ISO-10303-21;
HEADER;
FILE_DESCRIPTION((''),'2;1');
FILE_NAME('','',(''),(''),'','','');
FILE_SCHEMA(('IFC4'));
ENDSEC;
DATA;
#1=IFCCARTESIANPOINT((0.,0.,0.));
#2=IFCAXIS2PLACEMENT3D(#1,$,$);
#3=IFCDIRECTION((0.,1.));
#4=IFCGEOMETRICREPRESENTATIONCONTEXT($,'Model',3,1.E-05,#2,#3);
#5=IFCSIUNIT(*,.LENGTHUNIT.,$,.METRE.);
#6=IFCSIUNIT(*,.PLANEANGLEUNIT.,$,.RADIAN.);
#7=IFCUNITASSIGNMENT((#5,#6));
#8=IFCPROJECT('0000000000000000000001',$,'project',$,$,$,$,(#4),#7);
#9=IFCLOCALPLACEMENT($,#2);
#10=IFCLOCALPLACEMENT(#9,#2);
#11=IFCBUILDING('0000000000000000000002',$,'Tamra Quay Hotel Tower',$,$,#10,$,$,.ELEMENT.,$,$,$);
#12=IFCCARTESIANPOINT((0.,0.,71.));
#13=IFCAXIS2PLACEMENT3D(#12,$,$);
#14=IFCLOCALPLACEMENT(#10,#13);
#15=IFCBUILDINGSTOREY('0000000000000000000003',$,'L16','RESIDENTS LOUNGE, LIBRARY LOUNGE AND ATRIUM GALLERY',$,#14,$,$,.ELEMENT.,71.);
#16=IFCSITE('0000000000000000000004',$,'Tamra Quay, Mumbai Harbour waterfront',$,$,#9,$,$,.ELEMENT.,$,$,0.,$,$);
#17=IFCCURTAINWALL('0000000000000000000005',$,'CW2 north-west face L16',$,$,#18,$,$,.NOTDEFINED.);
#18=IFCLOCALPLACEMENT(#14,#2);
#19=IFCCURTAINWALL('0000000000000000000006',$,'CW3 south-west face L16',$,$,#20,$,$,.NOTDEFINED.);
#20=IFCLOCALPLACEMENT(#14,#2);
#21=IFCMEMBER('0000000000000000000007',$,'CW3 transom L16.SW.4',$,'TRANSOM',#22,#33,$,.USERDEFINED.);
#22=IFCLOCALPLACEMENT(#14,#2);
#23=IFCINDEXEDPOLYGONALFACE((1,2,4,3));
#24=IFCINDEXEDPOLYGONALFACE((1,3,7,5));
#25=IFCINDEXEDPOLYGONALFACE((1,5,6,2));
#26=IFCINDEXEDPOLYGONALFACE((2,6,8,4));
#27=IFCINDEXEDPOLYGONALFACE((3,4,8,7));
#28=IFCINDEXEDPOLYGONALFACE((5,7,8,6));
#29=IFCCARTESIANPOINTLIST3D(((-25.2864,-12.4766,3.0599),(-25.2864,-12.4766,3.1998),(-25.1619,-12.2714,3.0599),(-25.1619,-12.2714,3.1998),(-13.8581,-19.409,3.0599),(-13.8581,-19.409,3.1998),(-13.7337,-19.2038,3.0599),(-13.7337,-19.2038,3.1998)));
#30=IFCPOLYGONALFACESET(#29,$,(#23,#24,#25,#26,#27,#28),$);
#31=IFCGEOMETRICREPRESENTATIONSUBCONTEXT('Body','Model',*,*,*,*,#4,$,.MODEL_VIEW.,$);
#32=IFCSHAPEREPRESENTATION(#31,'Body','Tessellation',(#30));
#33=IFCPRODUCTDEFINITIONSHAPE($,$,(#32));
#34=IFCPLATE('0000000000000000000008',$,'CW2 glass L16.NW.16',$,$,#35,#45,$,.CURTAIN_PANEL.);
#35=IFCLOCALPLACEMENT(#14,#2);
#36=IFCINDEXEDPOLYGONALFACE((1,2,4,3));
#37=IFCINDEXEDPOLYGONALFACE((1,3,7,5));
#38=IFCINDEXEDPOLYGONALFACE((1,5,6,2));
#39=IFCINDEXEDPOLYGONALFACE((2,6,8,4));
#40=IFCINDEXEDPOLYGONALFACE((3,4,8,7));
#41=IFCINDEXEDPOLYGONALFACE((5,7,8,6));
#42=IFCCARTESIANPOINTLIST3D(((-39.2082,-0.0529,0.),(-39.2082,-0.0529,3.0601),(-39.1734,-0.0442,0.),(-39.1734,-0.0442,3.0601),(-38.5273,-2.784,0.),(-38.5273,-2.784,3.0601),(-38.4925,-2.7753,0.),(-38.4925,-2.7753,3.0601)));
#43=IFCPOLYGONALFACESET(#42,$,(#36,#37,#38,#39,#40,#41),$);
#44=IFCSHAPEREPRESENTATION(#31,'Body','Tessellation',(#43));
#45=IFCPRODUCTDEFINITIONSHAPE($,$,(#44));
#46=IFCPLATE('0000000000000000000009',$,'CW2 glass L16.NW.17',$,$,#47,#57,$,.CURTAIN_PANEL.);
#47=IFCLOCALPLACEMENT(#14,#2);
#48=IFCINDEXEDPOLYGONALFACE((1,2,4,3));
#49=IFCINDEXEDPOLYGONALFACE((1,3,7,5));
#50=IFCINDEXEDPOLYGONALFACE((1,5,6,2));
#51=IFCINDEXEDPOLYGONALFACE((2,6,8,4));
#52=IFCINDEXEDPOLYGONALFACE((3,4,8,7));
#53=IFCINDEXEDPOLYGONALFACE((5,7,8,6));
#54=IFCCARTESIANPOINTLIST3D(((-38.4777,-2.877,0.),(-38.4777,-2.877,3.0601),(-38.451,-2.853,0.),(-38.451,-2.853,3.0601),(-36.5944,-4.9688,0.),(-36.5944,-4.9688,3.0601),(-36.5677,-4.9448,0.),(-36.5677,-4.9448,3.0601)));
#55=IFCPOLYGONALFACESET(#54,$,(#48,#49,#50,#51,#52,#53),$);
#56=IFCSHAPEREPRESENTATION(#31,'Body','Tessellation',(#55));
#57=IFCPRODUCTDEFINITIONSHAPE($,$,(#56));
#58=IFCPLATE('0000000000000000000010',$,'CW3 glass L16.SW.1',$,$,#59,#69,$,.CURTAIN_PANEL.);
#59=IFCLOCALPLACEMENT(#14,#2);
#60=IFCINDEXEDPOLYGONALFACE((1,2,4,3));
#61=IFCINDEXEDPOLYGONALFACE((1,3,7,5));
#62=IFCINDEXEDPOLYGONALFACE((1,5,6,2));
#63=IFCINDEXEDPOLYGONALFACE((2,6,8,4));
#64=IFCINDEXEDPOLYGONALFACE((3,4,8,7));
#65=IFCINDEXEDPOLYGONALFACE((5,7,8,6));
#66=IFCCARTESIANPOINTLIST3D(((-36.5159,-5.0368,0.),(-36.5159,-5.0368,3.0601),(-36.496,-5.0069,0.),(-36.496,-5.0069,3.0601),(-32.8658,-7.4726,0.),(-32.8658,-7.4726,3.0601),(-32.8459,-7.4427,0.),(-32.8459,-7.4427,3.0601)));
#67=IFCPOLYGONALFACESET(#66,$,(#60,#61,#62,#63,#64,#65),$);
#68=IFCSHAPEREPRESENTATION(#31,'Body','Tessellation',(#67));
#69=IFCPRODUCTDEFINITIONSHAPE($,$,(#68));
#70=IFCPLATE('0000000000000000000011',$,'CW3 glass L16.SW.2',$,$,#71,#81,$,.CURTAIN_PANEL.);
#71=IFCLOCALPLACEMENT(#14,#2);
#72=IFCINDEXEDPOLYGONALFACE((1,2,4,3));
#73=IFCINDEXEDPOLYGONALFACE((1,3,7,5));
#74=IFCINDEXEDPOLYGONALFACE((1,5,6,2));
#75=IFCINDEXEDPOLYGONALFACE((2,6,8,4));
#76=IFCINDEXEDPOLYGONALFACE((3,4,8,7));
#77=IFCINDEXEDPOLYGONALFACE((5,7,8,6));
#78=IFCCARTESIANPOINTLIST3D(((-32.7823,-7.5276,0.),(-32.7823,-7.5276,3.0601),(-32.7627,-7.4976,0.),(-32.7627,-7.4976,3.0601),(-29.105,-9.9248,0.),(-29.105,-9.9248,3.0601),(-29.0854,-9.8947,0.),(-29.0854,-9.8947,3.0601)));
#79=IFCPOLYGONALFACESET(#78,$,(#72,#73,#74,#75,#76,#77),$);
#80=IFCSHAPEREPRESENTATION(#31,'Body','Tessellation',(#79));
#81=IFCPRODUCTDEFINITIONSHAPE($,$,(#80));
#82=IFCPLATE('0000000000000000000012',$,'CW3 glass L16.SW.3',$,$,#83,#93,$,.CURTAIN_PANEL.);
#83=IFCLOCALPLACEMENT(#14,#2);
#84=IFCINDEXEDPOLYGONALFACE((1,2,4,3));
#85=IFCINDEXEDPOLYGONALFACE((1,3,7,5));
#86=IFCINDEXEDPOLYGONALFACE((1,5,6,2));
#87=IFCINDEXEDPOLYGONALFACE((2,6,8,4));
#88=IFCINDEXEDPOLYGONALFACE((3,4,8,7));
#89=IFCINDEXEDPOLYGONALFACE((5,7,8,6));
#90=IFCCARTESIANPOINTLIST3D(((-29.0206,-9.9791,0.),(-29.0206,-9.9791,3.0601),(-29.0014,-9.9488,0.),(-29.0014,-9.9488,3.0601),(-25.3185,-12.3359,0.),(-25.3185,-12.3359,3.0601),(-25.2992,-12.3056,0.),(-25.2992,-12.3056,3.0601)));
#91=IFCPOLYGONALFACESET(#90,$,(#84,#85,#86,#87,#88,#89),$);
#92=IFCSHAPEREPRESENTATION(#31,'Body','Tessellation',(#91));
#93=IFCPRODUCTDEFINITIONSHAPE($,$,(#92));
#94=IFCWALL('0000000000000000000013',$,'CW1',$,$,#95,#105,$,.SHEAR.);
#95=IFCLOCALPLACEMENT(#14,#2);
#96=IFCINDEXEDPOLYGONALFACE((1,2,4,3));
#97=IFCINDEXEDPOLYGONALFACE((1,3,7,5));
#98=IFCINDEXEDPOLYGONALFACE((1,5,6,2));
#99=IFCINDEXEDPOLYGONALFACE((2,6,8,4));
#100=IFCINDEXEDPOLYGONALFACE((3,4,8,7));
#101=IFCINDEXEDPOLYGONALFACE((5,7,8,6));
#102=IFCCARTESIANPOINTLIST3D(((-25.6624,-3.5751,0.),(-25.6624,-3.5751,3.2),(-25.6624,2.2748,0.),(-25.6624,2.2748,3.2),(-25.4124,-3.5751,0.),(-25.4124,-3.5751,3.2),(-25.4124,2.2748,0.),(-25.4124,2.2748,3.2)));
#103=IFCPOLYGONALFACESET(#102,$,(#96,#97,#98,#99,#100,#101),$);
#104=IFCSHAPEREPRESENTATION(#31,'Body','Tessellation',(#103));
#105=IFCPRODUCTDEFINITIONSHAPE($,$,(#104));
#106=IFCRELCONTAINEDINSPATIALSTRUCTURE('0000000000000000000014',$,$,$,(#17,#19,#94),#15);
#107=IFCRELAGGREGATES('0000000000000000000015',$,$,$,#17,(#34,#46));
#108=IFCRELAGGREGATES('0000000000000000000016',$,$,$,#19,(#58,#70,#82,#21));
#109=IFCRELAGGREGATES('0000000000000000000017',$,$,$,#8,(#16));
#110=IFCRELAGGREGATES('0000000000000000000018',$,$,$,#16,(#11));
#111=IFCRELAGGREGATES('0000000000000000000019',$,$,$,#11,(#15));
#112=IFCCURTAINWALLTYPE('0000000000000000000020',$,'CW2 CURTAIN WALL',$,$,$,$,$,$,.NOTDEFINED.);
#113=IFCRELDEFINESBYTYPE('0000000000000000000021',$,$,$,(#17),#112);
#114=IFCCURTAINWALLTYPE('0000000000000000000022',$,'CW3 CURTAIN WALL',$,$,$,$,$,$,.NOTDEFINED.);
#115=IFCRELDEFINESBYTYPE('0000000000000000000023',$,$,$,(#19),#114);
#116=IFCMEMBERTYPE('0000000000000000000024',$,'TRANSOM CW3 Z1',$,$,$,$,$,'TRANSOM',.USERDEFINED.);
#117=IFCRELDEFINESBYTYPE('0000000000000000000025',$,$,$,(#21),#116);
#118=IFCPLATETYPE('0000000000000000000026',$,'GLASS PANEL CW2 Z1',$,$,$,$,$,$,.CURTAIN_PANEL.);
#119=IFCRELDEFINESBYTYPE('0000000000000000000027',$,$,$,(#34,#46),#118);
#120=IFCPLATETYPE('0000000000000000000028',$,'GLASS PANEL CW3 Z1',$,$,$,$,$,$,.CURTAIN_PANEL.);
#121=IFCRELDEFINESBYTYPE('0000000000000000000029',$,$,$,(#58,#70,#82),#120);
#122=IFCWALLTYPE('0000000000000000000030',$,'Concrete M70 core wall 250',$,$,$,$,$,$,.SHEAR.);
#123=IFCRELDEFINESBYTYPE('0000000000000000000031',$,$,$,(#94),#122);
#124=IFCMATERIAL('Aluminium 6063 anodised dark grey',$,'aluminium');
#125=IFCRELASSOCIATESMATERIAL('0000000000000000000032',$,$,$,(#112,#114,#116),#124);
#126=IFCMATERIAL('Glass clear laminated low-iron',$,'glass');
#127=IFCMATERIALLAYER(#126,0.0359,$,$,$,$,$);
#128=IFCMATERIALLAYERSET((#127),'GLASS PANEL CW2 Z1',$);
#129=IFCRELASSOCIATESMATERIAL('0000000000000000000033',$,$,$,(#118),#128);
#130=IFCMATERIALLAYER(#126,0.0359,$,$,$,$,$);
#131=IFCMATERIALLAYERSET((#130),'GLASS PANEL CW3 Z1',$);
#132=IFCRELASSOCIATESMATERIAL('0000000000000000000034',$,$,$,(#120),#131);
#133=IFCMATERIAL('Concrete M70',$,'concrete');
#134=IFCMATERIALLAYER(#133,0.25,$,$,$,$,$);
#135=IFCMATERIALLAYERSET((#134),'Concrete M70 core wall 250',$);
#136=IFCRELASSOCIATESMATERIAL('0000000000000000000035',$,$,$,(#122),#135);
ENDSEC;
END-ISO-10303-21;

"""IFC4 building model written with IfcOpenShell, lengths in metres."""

from ifc_helpers import new_model, si_unit, direction, frame, frame_2d, origin, origin_2d, place, context, subcontext, project, spatial, rectangle, extrude, material, layer, layer_set, material_profile, profile_set, type_object, element, aggregate, save


model = new_model("IFC4")

# Units and contexts
model_context = context("Model", 3, precision=1e-05, world=origin(), true_north=direction((0.0, 1.0)))
body_context = subcontext(model_context, "Body", "Model", "MODEL_VIEW")
ifc_project = project(units=[si_unit("LENGTHUNIT", "METRE"), si_unit("PLANEANGLEUNIT", "RADIAN")], contexts=[model_context])

# Site, building, storey
site_placement = place(None, origin())
site = spatial("IfcSite", under=ifc_project, at=site_placement, Name="Tamra Quay, Mumbai Harbour waterfront", CompositionType="ELEMENT", RefElevation=0.0)
building_placement = place(site_placement, origin())
building = spatial("IfcBuilding", under=site, at=building_placement, Name="Tamra Quay Hotel Tower", CompositionType="ELEMENT")
storey_placement = place(building_placement, frame((0.0, 0.0, 71.0)))
storey = spatial("IfcBuildingStorey", under=building, at=storey_placement, Name="L16", Description="RESIDENTS LOUNGE, LIBRARY LOUNGE AND ATRIUM GALLERY", CompositionType="ELEMENT", Elevation=71.0)

# Shared definitions
ifc_material_1 = material(Name="Concrete M70", Category="concrete")

# Curtain wall
ifc_material_2 = material(Name="Aluminium 6063 anodised dark grey", Category="aluminium")
curtain_wall_type_1 = type_object("IfcCurtainWallType", Name="CW2 CURTAIN WALL", PredefinedType="NOTDEFINED", material=ifc_material_2)
curtain_wall_1_placement = place(storey_placement, origin())
curtain_wall_1 = element("IfcCurtainWall", 1, at=curtain_wall_1_placement, inside=storey, type_object=curtain_wall_type_1, Name="CW2 north-west face L16", PredefinedType="NOTDEFINED")

# Curtain wall
curtain_wall_type_2 = type_object("IfcCurtainWallType", Name="CW3 CURTAIN WALL", PredefinedType="NOTDEFINED", material=ifc_material_2)
curtain_wall_2_placement = place(storey_placement, origin())
curtain_wall_2 = element("IfcCurtainWall", 2, at=curtain_wall_2_placement, inside=storey, type_object=curtain_wall_type_2, Name="CW3 south-west face L16", PredefinedType="NOTDEFINED")

# Member
ifc_material_profile_1 = material_profile(ifc_material_2, rectangle(XDim=0.24, YDim=0.1399, at=origin_2d()), Name="TRANSOM 240X140")
ifc_profile_set_1 = profile_set([ifc_material_profile_1], Name="Aluminium 6063 anodised dark grey")
member_type_1 = type_object("IfcMemberType", Name="TRANSOM CW3 Z1", ElementType="TRANSOM", PredefinedType="USERDEFINED", material=ifc_profile_set_1)
member_1_placement = place(storey_placement, frame((-25.2241, -12.374, 3.1299), z_axis=(0.854993, -0.51864, 0.0), x_axis=(0.51864, 0.854993, 0.0)))
member_1 = element("IfcMember", 3, at=member_1_placement, type_object=member_type_1, Name="CW3 transom L16.SW.4", ObjectType="TRANSOM", PredefinedType="USERDEFINED", context=body_context, shape_type="SweptSolid", body=[
    extrude(rectangle(XDim=0.24, YDim=0.1399, at=origin_2d()), origin(), (0.0, 0.0, 1.0), 13.3665),
])

# Plates
ifc_material_3 = material(Name="Glass clear laminated low-iron", Category="glass")
ifc_layer_1 = layer(ifc_material_3, 0.0359)
ifc_layer_set_1 = layer_set([ifc_layer_1], Name="GLASS PANEL CW2 Z1")
plate_type_1 = type_object("IfcPlateType", Name="GLASS PANEL CW2 Z1", PredefinedType="CURTAIN_PANEL", material=ifc_layer_set_1)
plate_1_placement = place(storey_placement, frame((-38.8503, -1.4141, 0.0), z_axis=(0.0, 0.0, 1.0), x_axis=(0.241914, -0.970298, 0.0)))
plate_1 = element("IfcPlate", 4, at=plate_1_placement, type_object=plate_type_1, Name="CW2 glass L16.NW.16", PredefinedType="CURTAIN_PANEL", context=body_context, shape_type="SweptSolid", body=[
    extrude(rectangle(XDim=2.8147, YDim=0.0359, at=origin_2d()), origin(), (0.0, 0.0, 1.0), 3.0601),
])
plate_2_placement = place(storey_placement, frame((-37.5227, -3.9109, 0.0), z_axis=(0.0, 0.0, 1.0), x_axis=(0.669112, -0.743161, 0.0)))
plate_2 = element("IfcPlate", 5, at=plate_2_placement, type_object=plate_type_1, Name="CW2 glass L16.NW.17", PredefinedType="CURTAIN_PANEL", context=body_context, shape_type="SweptSolid", body=[
    extrude(rectangle(XDim=2.8147, YDim=0.0359, at=origin_2d()), origin(), (0.0, 0.0, 1.0), 3.0601),
])
aggregate(curtain_wall_1, [plate_1, plate_2])
ifc_layer_2 = layer(ifc_material_3, 0.0359)
ifc_layer_set_2 = layer_set([ifc_layer_2], Name="GLASS PANEL CW3 Z1")
plate_type_2 = type_object("IfcPlateType", Name="GLASS PANEL CW3 Z1", PredefinedType="CURTAIN_PANEL", material=ifc_layer_set_2)
plate_3_placement = place(storey_placement, frame((-34.6809, -6.2397, 0.0), z_axis=(0.0, 0.0, 1.0), x_axis=(0.831798, -0.555079, 0.0)))
plate_3 = element("IfcPlate", 6, at=plate_3_placement, type_object=plate_type_2, Name="CW3 glass L16.SW.1", PredefinedType="CURTAIN_PANEL", context=body_context, shape_type="SweptSolid", body=[
    extrude(rectangle(XDim=4.3882, YDim=0.0359, at=origin_2d()), origin(), (0.0, 0.0, 1.0), 3.0601),
])
plate_4_placement = place(storey_placement, frame((-30.9338, -8.7112, 0.0), z_axis=(0.0, 0.0, 1.0), x_axis=(0.837728, -0.546088, 0.0)))
plate_4 = element("IfcPlate", 7, at=plate_4_placement, type_object=plate_type_2, Name="CW3 glass L16.SW.2", PredefinedType="CURTAIN_PANEL", context=body_context, shape_type="SweptSolid", body=[
    extrude(rectangle(XDim=4.3896, YDim=0.0359, at=origin_2d()), origin(), (0.0, 0.0, 1.0), 3.0601),
])
plate_5_placement = place(storey_placement, frame((-27.1599, -11.1423, 0.0), z_axis=(0.0, 0.0, 1.0), x_axis=(0.843571, -0.537018, 0.0)))
plate_5 = element("IfcPlate", 8, at=plate_5_placement, type_object=plate_type_2, Name="CW3 glass L16.SW.3", PredefinedType="CURTAIN_PANEL", context=body_context, shape_type="SweptSolid", body=[
    extrude(rectangle(XDim=4.3887, YDim=0.0359, at=origin_2d()), origin(), (0.0, 0.0, 1.0), 3.0601),
])
aggregate(curtain_wall_2, [plate_3, plate_4, plate_5, member_1])

# Wall
ifc_layer_3 = layer(ifc_material_1, 0.25)
ifc_layer_set_3 = layer_set([ifc_layer_3], Name="Concrete M70 core wall 250")
wall_type = type_object("IfcWallType", Name="Concrete M70 core wall 250", PredefinedType="SHEAR", material=ifc_layer_set_3)
wall_placement = place(storey_placement, frame((-25.5374, -3.575, 0.0), z_axis=(0.0, 0.0, 1.0), x_axis=(0.0, 1.0, 0.0)))
element("IfcWall", 9, at=wall_placement, inside=storey, type_object=wall_type, Name="CW1", PredefinedType="SHEAR", context=body_context, shape_type="SweptSolid", body=[
    extrude(rectangle(XDim=5.8499, YDim=0.25, at=frame_2d((2.9248, 0.0))), origin(), (0.0, 0.0, 1.0), 3.2),
])

save(model, "model.ifc")
